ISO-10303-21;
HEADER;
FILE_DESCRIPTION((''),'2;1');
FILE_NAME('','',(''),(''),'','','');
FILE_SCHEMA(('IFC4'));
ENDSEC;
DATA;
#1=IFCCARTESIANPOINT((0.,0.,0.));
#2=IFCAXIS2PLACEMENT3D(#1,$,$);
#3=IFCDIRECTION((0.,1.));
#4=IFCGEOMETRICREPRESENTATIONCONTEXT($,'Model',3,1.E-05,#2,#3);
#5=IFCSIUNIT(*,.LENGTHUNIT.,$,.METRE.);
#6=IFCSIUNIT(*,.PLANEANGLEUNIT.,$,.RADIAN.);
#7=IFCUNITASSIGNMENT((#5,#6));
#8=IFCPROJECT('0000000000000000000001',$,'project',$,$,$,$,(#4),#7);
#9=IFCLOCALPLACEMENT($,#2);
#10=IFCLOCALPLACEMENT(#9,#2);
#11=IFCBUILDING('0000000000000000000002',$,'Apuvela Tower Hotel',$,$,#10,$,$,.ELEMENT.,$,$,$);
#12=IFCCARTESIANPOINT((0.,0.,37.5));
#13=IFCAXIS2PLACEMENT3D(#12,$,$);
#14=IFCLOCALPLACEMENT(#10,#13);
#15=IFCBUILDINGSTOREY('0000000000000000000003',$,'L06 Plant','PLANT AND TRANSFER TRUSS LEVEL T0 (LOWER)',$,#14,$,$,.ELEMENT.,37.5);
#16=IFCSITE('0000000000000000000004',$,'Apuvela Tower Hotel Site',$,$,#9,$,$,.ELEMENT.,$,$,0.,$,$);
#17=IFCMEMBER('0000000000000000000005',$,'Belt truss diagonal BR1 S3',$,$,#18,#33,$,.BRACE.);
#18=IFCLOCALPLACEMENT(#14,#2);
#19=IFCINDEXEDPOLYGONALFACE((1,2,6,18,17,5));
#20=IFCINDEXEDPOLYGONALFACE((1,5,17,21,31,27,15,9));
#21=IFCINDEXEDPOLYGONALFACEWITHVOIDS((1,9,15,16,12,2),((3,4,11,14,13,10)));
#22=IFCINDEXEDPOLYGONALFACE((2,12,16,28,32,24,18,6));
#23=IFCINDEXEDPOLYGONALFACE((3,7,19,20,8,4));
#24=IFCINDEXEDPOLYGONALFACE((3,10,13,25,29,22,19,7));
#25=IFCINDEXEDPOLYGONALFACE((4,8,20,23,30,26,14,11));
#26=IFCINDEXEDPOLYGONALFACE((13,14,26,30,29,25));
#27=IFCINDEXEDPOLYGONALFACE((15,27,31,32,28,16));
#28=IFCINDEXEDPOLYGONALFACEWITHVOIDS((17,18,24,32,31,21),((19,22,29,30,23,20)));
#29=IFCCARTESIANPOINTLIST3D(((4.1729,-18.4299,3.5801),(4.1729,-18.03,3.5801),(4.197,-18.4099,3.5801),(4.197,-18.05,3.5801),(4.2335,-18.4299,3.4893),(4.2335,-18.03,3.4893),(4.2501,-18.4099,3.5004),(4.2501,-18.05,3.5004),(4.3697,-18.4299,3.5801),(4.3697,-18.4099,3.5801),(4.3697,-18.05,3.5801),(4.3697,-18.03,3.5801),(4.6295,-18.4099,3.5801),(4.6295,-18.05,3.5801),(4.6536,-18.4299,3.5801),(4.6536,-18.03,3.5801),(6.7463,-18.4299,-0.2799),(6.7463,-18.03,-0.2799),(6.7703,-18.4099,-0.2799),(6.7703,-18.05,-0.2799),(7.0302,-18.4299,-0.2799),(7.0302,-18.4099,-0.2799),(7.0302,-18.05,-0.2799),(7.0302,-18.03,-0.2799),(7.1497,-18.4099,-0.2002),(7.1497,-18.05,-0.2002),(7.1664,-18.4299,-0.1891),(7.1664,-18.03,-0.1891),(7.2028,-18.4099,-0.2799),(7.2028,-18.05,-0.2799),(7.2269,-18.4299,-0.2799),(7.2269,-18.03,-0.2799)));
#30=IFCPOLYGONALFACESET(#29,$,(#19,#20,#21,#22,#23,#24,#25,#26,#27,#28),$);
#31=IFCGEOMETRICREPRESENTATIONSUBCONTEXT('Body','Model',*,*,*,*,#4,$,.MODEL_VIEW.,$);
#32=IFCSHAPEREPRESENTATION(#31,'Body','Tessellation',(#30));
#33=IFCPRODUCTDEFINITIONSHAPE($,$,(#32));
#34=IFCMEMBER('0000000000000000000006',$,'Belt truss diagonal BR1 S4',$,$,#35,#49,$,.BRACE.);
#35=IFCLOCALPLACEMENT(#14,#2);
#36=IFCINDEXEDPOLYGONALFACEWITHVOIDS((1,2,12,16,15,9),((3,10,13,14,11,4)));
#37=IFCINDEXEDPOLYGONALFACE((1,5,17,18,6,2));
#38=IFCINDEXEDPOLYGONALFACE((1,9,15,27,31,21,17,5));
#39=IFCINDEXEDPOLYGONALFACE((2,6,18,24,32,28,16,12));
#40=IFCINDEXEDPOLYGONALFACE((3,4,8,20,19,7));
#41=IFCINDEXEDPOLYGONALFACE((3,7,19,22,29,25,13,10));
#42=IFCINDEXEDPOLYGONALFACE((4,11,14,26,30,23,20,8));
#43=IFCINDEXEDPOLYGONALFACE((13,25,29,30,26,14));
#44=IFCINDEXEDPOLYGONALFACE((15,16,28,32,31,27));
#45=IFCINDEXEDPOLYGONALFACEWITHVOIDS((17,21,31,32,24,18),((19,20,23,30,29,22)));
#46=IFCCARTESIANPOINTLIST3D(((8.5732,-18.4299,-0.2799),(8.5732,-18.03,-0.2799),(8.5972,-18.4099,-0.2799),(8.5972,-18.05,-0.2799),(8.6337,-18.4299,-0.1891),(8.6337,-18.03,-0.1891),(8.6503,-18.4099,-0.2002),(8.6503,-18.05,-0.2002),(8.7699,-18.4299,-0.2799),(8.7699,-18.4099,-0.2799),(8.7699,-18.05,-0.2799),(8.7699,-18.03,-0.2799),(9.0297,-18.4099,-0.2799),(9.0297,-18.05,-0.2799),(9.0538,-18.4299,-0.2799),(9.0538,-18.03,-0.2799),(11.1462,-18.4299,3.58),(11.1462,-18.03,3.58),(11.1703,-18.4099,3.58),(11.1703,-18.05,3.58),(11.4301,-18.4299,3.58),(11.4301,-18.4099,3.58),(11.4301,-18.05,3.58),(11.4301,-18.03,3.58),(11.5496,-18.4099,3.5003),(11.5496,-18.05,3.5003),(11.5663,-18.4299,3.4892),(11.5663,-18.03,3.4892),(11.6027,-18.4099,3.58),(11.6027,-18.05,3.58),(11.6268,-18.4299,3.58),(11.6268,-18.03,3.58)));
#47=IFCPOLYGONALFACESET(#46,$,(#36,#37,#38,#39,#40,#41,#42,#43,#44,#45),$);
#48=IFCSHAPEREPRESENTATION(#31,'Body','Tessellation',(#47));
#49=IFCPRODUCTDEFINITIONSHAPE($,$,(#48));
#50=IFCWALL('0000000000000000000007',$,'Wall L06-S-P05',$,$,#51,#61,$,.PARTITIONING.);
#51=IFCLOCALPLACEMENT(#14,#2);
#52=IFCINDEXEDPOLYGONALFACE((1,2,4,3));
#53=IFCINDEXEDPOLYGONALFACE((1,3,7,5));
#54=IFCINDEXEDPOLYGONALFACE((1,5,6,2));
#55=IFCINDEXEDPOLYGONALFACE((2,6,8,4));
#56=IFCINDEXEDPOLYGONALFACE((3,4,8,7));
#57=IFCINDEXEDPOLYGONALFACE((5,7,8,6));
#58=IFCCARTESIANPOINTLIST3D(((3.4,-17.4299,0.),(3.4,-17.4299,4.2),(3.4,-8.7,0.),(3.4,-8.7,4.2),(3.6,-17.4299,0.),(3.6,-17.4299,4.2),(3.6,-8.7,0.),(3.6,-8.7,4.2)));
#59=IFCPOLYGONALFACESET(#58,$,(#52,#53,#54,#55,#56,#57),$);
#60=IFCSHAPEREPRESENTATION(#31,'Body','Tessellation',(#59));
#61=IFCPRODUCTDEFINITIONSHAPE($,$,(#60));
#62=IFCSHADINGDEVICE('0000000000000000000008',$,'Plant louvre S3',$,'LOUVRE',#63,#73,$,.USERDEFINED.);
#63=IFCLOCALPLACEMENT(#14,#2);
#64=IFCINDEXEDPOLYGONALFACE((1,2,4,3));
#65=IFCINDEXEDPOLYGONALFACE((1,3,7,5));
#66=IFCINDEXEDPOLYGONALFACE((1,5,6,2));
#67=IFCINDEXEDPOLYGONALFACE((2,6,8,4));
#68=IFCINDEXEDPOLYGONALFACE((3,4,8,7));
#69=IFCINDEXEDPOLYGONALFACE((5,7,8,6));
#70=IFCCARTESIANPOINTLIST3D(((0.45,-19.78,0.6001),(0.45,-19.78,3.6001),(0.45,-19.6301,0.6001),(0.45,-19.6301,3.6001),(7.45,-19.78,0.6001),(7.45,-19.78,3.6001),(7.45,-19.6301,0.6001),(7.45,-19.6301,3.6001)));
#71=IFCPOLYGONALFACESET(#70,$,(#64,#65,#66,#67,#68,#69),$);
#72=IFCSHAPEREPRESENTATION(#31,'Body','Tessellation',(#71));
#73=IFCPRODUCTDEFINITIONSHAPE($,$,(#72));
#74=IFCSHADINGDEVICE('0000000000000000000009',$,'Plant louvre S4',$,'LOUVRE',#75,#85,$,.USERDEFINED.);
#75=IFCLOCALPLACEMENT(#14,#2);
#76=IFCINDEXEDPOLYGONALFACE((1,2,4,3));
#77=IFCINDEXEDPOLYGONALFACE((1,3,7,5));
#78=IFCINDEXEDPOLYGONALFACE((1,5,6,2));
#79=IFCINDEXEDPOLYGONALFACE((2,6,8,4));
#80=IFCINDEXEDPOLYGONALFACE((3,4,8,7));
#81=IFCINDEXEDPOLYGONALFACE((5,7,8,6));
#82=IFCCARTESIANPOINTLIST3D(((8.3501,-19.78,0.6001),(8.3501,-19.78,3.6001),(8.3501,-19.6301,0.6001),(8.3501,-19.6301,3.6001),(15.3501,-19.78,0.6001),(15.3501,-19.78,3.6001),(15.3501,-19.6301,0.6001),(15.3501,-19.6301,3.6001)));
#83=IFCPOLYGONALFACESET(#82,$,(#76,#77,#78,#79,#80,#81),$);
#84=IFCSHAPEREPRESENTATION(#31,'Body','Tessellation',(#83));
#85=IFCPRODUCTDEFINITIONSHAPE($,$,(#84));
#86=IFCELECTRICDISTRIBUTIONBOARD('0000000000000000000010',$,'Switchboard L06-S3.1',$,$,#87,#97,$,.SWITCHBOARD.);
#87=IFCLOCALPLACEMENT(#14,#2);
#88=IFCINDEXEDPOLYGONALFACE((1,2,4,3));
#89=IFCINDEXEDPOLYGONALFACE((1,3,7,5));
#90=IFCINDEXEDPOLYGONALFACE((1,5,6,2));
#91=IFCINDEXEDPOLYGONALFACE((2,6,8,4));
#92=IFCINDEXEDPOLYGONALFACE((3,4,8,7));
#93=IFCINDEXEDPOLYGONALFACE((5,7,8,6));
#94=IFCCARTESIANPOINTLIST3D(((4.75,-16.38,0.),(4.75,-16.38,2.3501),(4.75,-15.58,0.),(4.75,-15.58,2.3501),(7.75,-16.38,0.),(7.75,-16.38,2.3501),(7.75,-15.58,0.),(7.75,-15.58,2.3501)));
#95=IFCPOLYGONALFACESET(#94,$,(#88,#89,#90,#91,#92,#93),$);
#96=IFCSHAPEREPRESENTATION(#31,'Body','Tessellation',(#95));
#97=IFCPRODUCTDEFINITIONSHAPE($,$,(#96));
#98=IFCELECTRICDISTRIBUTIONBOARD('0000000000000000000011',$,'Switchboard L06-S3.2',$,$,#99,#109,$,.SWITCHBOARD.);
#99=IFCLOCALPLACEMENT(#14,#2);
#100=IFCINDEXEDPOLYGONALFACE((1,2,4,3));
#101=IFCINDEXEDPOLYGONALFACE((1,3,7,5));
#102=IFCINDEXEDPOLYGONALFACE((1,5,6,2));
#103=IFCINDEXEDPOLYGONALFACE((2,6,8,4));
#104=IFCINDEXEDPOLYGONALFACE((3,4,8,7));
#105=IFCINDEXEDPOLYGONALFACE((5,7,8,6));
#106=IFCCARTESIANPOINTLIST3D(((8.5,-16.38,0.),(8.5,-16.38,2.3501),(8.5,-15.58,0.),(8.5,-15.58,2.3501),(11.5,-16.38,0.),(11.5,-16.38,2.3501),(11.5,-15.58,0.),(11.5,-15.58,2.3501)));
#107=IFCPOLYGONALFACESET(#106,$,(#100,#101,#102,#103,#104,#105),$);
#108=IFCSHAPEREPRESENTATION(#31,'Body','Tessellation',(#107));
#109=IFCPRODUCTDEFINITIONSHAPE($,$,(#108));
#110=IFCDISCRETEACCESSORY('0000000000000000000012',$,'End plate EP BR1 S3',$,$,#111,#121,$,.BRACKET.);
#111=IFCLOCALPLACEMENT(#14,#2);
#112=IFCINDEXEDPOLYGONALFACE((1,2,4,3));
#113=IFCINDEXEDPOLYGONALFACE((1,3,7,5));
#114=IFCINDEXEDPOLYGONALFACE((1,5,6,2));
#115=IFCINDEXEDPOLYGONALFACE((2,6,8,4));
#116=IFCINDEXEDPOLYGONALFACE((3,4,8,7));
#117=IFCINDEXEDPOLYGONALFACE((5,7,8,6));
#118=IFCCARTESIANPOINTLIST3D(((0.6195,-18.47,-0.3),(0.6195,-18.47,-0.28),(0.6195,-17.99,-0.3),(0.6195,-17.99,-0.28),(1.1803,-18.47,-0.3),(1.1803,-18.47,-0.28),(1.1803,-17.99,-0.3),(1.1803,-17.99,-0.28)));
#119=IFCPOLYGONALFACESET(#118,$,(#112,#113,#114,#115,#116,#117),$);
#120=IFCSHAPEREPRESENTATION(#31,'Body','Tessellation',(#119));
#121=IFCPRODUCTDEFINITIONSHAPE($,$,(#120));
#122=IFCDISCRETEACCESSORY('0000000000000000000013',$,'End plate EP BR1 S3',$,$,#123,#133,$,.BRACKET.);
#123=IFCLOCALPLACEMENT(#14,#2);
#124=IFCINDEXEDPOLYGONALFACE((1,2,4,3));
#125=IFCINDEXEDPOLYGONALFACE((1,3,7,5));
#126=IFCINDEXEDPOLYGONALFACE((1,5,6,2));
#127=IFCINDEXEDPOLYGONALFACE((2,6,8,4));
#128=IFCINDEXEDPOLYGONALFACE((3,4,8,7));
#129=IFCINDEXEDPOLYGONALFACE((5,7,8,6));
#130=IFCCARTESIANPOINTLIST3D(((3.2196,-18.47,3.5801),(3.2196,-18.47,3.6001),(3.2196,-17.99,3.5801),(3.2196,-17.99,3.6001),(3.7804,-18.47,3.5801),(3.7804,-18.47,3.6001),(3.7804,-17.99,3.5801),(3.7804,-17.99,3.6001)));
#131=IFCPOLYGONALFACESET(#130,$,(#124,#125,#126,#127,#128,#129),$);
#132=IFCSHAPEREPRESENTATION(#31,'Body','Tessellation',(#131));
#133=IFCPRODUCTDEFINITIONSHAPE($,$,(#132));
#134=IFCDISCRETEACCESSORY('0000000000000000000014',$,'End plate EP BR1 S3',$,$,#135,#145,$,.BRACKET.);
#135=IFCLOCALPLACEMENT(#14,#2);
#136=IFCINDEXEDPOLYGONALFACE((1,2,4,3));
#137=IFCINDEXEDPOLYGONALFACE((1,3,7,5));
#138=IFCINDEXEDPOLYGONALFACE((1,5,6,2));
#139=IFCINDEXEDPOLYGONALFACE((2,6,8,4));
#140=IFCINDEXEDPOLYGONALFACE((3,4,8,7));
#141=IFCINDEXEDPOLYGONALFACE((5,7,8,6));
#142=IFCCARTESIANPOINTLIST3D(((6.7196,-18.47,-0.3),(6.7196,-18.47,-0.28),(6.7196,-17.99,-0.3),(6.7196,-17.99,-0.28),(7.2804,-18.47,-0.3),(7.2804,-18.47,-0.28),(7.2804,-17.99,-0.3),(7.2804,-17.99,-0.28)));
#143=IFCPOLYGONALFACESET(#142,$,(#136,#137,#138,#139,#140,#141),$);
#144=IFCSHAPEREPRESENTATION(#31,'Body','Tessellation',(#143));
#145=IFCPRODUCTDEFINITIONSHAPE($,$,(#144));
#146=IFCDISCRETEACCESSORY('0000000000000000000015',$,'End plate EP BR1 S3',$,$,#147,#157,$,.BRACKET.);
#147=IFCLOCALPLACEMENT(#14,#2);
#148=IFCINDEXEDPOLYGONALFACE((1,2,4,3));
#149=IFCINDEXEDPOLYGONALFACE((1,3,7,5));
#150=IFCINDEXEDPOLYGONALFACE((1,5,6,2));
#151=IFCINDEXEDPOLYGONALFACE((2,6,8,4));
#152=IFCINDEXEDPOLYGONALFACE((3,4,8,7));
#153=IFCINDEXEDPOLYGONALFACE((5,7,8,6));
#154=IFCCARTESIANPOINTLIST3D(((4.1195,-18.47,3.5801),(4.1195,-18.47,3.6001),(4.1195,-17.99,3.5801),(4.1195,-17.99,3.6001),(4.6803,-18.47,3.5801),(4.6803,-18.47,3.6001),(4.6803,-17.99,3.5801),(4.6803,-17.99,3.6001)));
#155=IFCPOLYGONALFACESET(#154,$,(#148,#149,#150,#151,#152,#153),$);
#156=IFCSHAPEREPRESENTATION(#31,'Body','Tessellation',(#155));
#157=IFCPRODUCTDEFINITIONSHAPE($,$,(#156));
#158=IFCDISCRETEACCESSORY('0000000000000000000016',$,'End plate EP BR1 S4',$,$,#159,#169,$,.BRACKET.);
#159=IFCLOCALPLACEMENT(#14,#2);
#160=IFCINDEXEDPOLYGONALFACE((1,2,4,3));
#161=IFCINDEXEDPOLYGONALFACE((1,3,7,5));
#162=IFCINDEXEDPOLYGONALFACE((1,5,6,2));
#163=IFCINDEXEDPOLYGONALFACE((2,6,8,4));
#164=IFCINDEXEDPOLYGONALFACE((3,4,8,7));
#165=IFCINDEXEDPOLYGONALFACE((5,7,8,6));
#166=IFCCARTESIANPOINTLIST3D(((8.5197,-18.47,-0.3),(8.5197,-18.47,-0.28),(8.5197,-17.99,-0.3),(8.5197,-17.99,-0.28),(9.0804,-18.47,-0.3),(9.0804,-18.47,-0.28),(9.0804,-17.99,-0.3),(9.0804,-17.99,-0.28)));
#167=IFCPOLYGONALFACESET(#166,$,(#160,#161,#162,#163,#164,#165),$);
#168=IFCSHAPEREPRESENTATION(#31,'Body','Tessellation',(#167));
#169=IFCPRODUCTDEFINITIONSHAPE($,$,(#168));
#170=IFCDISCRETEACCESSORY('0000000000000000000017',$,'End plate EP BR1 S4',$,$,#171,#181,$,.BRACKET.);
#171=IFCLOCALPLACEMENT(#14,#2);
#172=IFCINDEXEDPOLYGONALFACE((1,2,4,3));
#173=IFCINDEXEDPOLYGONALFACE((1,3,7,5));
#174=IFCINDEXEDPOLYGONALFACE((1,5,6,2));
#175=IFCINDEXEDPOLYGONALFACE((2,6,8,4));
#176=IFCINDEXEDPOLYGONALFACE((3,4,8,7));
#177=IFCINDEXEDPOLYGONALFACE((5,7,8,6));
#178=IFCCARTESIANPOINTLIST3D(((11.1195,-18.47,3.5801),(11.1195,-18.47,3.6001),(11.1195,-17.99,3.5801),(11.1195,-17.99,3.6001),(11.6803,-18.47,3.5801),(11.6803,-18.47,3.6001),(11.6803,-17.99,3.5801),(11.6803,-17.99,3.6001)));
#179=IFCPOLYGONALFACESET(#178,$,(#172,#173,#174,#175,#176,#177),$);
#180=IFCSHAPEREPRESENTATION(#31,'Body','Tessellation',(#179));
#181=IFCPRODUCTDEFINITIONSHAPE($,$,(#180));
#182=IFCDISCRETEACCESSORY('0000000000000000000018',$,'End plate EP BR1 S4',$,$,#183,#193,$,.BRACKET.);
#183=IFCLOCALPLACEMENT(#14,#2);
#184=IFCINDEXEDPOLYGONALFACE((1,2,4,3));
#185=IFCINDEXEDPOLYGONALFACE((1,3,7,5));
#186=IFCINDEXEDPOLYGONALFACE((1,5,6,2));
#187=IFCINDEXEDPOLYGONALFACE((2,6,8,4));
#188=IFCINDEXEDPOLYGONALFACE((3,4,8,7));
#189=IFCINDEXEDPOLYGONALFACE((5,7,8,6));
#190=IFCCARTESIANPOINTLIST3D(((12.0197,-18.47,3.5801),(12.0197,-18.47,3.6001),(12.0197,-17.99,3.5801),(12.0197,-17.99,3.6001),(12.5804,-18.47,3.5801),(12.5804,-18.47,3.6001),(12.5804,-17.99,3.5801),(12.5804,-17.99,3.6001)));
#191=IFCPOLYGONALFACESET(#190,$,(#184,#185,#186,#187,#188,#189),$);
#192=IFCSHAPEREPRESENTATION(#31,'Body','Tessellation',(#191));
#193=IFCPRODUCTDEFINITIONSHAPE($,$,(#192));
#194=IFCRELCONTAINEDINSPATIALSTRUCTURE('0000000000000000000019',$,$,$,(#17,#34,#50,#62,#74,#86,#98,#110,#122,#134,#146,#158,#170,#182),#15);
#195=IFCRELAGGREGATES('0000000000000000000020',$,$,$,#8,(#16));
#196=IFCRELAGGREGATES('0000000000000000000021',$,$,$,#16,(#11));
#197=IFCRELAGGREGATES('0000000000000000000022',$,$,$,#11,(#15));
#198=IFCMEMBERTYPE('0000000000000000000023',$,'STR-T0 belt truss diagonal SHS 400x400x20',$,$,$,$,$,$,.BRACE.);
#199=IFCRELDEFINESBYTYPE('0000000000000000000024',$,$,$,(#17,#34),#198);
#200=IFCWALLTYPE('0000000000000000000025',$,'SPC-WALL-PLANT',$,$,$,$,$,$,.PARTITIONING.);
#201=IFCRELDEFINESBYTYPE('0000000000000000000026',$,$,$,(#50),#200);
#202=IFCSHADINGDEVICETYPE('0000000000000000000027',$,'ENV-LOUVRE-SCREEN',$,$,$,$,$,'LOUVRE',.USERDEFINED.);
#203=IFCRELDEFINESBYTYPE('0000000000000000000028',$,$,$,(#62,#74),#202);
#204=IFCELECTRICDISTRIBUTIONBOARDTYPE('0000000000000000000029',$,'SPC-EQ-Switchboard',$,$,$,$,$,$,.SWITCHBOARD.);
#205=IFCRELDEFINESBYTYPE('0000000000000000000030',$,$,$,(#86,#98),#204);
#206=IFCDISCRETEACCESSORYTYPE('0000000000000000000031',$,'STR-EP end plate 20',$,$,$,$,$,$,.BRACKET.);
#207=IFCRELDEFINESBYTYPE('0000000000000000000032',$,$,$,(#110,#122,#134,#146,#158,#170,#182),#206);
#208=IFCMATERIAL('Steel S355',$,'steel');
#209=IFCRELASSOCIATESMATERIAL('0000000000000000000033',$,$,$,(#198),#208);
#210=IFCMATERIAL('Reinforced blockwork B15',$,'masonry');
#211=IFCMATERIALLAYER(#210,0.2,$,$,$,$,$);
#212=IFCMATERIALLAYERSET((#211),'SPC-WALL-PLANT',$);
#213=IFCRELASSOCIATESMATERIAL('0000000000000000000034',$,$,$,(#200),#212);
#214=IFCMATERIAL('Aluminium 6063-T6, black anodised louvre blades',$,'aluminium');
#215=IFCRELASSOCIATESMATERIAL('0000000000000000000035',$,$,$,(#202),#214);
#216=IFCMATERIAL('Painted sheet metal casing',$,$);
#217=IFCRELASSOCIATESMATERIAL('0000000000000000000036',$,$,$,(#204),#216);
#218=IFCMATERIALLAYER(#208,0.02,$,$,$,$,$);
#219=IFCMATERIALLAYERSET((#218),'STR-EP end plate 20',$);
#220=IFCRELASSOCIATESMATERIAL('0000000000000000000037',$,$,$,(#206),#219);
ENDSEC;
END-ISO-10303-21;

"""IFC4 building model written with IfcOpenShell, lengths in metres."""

from ifc_helpers import new_model, si_unit, direction, frame, frame_2d, origin, origin_2d, place, context, subcontext, project, spatial, rectangle, hollow_rectangle, extrude, boolean, halfspace, material, layer, layer_set, material_profile, profile_set, type_object, element, save


model = new_model("IFC4")

# Units and contexts
model_context = context("Model", 3, precision=1e-05, world=origin(), true_north=direction((0.0, 1.0)))
body_context = subcontext(model_context, "Body", "Model", "MODEL_VIEW")
ifc_project = project(units=[si_unit("LENGTHUNIT", "METRE"), si_unit("PLANEANGLEUNIT", "RADIAN")], contexts=[model_context])

# Site, building, storey
site_placement = place(None, origin())
site = spatial("IfcSite", under=ifc_project, at=site_placement, Name="Apuvela Tower Hotel Site", CompositionType="ELEMENT", RefElevation=0.0)
building_placement = place(site_placement, origin())
building = spatial("IfcBuilding", under=site, at=building_placement, Name="Apuvela Tower Hotel", CompositionType="ELEMENT")
storey_placement = place(building_placement, frame((0.0, 0.0, 37.5)))
storey = spatial("IfcBuildingStorey", under=building, at=storey_placement, Name="L06 Plant", Description="PLANT AND TRANSFER TRUSS LEVEL T0 (LOWER)", CompositionType="ELEMENT", Elevation=37.5)

# Shared definitions
ifc_material_1 = material(Name="Steel S355", Category="steel")

# Members
ifc_material_profile_1 = material_profile(ifc_material_1, hollow_rectangle(XDim=0.3999, YDim=0.3999, WallThickness=0.02, at=origin_2d()), Name="SHS 400x400x20")
ifc_profile_set_1 = profile_set([ifc_material_profile_1], Name="Steel S355")
member_type_1 = type_object("IfcMemberType", Name="STR-T0 belt truss diagonal SHS 400x400x20", PredefinedType="BRACE", material=ifc_profile_set_1)
member_1_placement = place(storey_placement, frame((7.0, -18.23, -0.3), z_axis=(-0.5547, 0.0, 0.83205), x_axis=(0.83205, 0.0, 0.5547)))
solid_1 = boolean("DIFFERENCE", boolean("DIFFERENCE", extrude(hollow_rectangle(XDim=0.3999, YDim=0.3999, WallThickness=0.02, at=origin_2d()), frame((0.0, 0.0, -0.2534)), (0.0, 0.0, 1.0), 5.1941), halfspace(frame((0.0, 0.0, 0.0242), z_axis=(0.5547, 0.0, 0.83205), x_axis=(0.83205, 0.0, -0.5547)), True)), halfspace(frame((0.0, 0.0, 4.6633), z_axis=(0.5547, 0.0, 0.83205), x_axis=(0.83205, 0.0, -0.5547)), False))
element("IfcMember", 1, at=member_1_placement, inside=storey, type_object=member_type_1, Name="Belt truss diagonal BR1 S3", PredefinedType="BRACE", context=body_context, shape_type="SweptSolid", body=[
    boolean("UNION", boolean("DIFFERENCE", boolean("DIFFERENCE", extrude(hollow_rectangle(XDim=0.3999, YDim=0.3999, WallThickness=0.02, at=origin_2d()), origin(), (0.0, 0.0, 1.0), 4.6875), halfspace(frame((0.0, 0.0, 0.0242), z_axis=(0.5547, 0.0, 0.83205), x_axis=(0.83205, 0.0, -0.5547)), True)), halfspace(frame((0.0, 0.0, 4.6633), z_axis=(0.5547, 0.0, 0.83205), x_axis=(0.83205, 0.0, -0.5547)), False)), solid_1),
])
member_2_placement = place(storey_placement, frame((8.8, -18.23, -0.3), z_axis=(0.554664, 0.0, 0.832074), x_axis=(-0.832074, 0.0, 0.554664)))
solid_2 = boolean("DIFFERENCE", boolean("DIFFERENCE", extrude(hollow_rectangle(XDim=0.3999, YDim=0.3999, WallThickness=0.02, at=origin_2d()), frame((0.0, 0.0, -0.2534)), (0.0, 0.0, 1.0), 5.1938), halfspace(frame((0.0, 0.0, 0.0242), z_axis=(0.554664, 0.0, 0.832074), x_axis=(0.832074, 0.0, -0.554664)), True)), halfspace(frame((0.0, 0.0, 4.6631), z_axis=(0.554664, 0.0, 0.832074), x_axis=(0.832074, 0.0, -0.554664)), False))
element("IfcMember", 2, at=member_2_placement, inside=storey, type_object=member_type_1, Name="Belt truss diagonal BR1 S4", PredefinedType="BRACE", context=body_context, shape_type="SweptSolid", body=[
    boolean("UNION", boolean("DIFFERENCE", boolean("DIFFERENCE", extrude(hollow_rectangle(XDim=0.3999, YDim=0.3999, WallThickness=0.02, at=origin_2d()), origin(), (0.0, 0.0, 1.0), 4.6873), halfspace(frame((0.0, 0.0, 0.0242), z_axis=(0.554664, 0.0, 0.832074), x_axis=(0.832074, 0.0, -0.554664)), True)), halfspace(frame((0.0, 0.0, 4.6631), z_axis=(0.554664, 0.0, 0.832074), x_axis=(0.832074, 0.0, -0.554664)), False)), solid_2),
])

# Wall
ifc_material_2 = material(Name="Reinforced blockwork B15", Category="masonry")
ifc_layer_1 = layer(ifc_material_2, 0.2)
ifc_layer_set_1 = layer_set([ifc_layer_1], Name="SPC-WALL-PLANT")
wall_type = type_object("IfcWallType", Name="SPC-WALL-PLANT", PredefinedType="PARTITIONING", material=ifc_layer_set_1)
wall_placement = place(storey_placement, frame((3.5, -17.4299, 0.0), z_axis=(0.0, 0.0, 1.0), x_axis=(0.0, 1.0, 0.0)))
element("IfcWall", 3, at=wall_placement, inside=storey, type_object=wall_type, Name="Wall L06-S-P05", PredefinedType="PARTITIONING", context=body_context, shape_type="SweptSolid", body=[
    extrude(rectangle(XDim=8.73, YDim=0.2, at=frame_2d((4.365, 0.0))), origin(), (0.0, 0.0, 1.0), 4.2),
])

# Shading devices
ifc_material_3 = material(Name="Aluminium 6063-T6, black anodised louvre blades", Category="aluminium")
shading_device_type = type_object("IfcShadingDeviceType", Name="ENV-LOUVRE-SCREEN", ElementType="LOUVRE", PredefinedType="USERDEFINED", material=ifc_material_3)
for number, where, z_axis, x_axis, name in (
    (4, (3.95, -19.7051, 0.6001), (0.0, 0.0, 1.0), (1.0, 0.0, 0.0), "Plant louvre S3"),
    (5, (11.8501, -19.7051, 0.6001), (0.0, 0.0, 1.0), (1.0, 0.0, 0.0), "Plant louvre S4"),
):
    element("IfcShadingDevice", number, at=place(storey_placement, frame(where, z_axis=z_axis, x_axis=x_axis)), inside=storey, type_object=shading_device_type, Name=name, ObjectType="LOUVRE", PredefinedType="USERDEFINED", context=body_context, shape_type="SweptSolid", body=[
        extrude(rectangle(XDim=7.0, YDim=0.1499, at=origin_2d()), origin(), (0.0, 0.0, 1.0), 3.0),
    ])

# Electric distribution boards
ifc_material_4 = material(Name="Painted sheet metal casing")
electric_distribution_board_type = type_object("IfcElectricDistributionBoardType", Name="SPC-EQ-Switchboard", PredefinedType="SWITCHBOARD", material=ifc_material_4)
for number, where, z_axis, x_axis, name in (
    (6, (6.25, -15.98, 0.0), (0.0, 0.0, 1.0), (1.0, 0.0, 0.0), "Switchboard L06-S3.1"),
    (7, (10.0, -15.98, 0.0), (0.0, 0.0, 1.0), (1.0, 0.0, 0.0), "Switchboard L06-S3.2"),
):
    element("IfcElectricDistributionBoard", number, at=place(storey_placement, frame(where, z_axis=z_axis, x_axis=x_axis)), inside=storey, type_object=electric_distribution_board_type, Name=name, PredefinedType="SWITCHBOARD", context=body_context, shape_type="SweptSolid", body=[
        extrude(rectangle(XDim=3.0, YDim=0.8, at=origin_2d()), origin(), (0.0, 0.0, 1.0), 2.3501),
    ])

# Discrete accessories
ifc_layer_2 = layer(ifc_material_1, 0.02)
ifc_layer_set_2 = layer_set([ifc_layer_2], Name="STR-EP end plate 20")
discrete_accessory_type = type_object("IfcDiscreteAccessoryType", Name="STR-EP end plate 20", PredefinedType="BRACKET", material=ifc_layer_set_2)
for number, where, z_axis, x_axis, name in (
    (8, (0.8999, -18.23, -0.3), (0.0, 0.0, 1.0), (1.0, 0.0, 0.0), "End plate EP BR1 S3"),
    (9, (3.5, -18.23, 3.5801), (0.0, 0.0, 1.0), (1.0, 0.0, 0.0), "End plate EP BR1 S3"),
    (10, (7.0, -18.23, -0.3), (0.0, 0.0, 1.0), (-1.0, 0.0, 0.0), "End plate EP BR1 S3"),
    (11, (4.3999, -18.23, 3.5801), (0.0, 0.0, 1.0), (-1.0, 0.0, 0.0), "End plate EP BR1 S3"),
    (12, (8.8, -18.23, -0.3), (0.0, 0.0, 1.0), (1.0, 0.0, 0.0), "End plate EP BR1 S4"),
    (13, (11.3999, -18.23, 3.5801), (0.0, 0.0, 1.0), (1.0, 0.0, 0.0), "End plate EP BR1 S4"),
    (14, (12.3, -18.23, 3.5801), (0.0, 0.0, 1.0), (-1.0, 0.0, 0.0), "End plate EP BR1 S4"),
):
    element("IfcDiscreteAccessory", number, at=place(storey_placement, frame(where, z_axis=z_axis, x_axis=x_axis)), inside=storey, type_object=discrete_accessory_type, Name=name, PredefinedType="BRACKET", context=body_context, shape_type="SweptSolid", body=[
        extrude(rectangle(XDim=0.5608, YDim=0.48, at=origin_2d()), origin(), (0.0, 0.0, 1.0), 0.02),
    ])

save(model, "model.ifc")
